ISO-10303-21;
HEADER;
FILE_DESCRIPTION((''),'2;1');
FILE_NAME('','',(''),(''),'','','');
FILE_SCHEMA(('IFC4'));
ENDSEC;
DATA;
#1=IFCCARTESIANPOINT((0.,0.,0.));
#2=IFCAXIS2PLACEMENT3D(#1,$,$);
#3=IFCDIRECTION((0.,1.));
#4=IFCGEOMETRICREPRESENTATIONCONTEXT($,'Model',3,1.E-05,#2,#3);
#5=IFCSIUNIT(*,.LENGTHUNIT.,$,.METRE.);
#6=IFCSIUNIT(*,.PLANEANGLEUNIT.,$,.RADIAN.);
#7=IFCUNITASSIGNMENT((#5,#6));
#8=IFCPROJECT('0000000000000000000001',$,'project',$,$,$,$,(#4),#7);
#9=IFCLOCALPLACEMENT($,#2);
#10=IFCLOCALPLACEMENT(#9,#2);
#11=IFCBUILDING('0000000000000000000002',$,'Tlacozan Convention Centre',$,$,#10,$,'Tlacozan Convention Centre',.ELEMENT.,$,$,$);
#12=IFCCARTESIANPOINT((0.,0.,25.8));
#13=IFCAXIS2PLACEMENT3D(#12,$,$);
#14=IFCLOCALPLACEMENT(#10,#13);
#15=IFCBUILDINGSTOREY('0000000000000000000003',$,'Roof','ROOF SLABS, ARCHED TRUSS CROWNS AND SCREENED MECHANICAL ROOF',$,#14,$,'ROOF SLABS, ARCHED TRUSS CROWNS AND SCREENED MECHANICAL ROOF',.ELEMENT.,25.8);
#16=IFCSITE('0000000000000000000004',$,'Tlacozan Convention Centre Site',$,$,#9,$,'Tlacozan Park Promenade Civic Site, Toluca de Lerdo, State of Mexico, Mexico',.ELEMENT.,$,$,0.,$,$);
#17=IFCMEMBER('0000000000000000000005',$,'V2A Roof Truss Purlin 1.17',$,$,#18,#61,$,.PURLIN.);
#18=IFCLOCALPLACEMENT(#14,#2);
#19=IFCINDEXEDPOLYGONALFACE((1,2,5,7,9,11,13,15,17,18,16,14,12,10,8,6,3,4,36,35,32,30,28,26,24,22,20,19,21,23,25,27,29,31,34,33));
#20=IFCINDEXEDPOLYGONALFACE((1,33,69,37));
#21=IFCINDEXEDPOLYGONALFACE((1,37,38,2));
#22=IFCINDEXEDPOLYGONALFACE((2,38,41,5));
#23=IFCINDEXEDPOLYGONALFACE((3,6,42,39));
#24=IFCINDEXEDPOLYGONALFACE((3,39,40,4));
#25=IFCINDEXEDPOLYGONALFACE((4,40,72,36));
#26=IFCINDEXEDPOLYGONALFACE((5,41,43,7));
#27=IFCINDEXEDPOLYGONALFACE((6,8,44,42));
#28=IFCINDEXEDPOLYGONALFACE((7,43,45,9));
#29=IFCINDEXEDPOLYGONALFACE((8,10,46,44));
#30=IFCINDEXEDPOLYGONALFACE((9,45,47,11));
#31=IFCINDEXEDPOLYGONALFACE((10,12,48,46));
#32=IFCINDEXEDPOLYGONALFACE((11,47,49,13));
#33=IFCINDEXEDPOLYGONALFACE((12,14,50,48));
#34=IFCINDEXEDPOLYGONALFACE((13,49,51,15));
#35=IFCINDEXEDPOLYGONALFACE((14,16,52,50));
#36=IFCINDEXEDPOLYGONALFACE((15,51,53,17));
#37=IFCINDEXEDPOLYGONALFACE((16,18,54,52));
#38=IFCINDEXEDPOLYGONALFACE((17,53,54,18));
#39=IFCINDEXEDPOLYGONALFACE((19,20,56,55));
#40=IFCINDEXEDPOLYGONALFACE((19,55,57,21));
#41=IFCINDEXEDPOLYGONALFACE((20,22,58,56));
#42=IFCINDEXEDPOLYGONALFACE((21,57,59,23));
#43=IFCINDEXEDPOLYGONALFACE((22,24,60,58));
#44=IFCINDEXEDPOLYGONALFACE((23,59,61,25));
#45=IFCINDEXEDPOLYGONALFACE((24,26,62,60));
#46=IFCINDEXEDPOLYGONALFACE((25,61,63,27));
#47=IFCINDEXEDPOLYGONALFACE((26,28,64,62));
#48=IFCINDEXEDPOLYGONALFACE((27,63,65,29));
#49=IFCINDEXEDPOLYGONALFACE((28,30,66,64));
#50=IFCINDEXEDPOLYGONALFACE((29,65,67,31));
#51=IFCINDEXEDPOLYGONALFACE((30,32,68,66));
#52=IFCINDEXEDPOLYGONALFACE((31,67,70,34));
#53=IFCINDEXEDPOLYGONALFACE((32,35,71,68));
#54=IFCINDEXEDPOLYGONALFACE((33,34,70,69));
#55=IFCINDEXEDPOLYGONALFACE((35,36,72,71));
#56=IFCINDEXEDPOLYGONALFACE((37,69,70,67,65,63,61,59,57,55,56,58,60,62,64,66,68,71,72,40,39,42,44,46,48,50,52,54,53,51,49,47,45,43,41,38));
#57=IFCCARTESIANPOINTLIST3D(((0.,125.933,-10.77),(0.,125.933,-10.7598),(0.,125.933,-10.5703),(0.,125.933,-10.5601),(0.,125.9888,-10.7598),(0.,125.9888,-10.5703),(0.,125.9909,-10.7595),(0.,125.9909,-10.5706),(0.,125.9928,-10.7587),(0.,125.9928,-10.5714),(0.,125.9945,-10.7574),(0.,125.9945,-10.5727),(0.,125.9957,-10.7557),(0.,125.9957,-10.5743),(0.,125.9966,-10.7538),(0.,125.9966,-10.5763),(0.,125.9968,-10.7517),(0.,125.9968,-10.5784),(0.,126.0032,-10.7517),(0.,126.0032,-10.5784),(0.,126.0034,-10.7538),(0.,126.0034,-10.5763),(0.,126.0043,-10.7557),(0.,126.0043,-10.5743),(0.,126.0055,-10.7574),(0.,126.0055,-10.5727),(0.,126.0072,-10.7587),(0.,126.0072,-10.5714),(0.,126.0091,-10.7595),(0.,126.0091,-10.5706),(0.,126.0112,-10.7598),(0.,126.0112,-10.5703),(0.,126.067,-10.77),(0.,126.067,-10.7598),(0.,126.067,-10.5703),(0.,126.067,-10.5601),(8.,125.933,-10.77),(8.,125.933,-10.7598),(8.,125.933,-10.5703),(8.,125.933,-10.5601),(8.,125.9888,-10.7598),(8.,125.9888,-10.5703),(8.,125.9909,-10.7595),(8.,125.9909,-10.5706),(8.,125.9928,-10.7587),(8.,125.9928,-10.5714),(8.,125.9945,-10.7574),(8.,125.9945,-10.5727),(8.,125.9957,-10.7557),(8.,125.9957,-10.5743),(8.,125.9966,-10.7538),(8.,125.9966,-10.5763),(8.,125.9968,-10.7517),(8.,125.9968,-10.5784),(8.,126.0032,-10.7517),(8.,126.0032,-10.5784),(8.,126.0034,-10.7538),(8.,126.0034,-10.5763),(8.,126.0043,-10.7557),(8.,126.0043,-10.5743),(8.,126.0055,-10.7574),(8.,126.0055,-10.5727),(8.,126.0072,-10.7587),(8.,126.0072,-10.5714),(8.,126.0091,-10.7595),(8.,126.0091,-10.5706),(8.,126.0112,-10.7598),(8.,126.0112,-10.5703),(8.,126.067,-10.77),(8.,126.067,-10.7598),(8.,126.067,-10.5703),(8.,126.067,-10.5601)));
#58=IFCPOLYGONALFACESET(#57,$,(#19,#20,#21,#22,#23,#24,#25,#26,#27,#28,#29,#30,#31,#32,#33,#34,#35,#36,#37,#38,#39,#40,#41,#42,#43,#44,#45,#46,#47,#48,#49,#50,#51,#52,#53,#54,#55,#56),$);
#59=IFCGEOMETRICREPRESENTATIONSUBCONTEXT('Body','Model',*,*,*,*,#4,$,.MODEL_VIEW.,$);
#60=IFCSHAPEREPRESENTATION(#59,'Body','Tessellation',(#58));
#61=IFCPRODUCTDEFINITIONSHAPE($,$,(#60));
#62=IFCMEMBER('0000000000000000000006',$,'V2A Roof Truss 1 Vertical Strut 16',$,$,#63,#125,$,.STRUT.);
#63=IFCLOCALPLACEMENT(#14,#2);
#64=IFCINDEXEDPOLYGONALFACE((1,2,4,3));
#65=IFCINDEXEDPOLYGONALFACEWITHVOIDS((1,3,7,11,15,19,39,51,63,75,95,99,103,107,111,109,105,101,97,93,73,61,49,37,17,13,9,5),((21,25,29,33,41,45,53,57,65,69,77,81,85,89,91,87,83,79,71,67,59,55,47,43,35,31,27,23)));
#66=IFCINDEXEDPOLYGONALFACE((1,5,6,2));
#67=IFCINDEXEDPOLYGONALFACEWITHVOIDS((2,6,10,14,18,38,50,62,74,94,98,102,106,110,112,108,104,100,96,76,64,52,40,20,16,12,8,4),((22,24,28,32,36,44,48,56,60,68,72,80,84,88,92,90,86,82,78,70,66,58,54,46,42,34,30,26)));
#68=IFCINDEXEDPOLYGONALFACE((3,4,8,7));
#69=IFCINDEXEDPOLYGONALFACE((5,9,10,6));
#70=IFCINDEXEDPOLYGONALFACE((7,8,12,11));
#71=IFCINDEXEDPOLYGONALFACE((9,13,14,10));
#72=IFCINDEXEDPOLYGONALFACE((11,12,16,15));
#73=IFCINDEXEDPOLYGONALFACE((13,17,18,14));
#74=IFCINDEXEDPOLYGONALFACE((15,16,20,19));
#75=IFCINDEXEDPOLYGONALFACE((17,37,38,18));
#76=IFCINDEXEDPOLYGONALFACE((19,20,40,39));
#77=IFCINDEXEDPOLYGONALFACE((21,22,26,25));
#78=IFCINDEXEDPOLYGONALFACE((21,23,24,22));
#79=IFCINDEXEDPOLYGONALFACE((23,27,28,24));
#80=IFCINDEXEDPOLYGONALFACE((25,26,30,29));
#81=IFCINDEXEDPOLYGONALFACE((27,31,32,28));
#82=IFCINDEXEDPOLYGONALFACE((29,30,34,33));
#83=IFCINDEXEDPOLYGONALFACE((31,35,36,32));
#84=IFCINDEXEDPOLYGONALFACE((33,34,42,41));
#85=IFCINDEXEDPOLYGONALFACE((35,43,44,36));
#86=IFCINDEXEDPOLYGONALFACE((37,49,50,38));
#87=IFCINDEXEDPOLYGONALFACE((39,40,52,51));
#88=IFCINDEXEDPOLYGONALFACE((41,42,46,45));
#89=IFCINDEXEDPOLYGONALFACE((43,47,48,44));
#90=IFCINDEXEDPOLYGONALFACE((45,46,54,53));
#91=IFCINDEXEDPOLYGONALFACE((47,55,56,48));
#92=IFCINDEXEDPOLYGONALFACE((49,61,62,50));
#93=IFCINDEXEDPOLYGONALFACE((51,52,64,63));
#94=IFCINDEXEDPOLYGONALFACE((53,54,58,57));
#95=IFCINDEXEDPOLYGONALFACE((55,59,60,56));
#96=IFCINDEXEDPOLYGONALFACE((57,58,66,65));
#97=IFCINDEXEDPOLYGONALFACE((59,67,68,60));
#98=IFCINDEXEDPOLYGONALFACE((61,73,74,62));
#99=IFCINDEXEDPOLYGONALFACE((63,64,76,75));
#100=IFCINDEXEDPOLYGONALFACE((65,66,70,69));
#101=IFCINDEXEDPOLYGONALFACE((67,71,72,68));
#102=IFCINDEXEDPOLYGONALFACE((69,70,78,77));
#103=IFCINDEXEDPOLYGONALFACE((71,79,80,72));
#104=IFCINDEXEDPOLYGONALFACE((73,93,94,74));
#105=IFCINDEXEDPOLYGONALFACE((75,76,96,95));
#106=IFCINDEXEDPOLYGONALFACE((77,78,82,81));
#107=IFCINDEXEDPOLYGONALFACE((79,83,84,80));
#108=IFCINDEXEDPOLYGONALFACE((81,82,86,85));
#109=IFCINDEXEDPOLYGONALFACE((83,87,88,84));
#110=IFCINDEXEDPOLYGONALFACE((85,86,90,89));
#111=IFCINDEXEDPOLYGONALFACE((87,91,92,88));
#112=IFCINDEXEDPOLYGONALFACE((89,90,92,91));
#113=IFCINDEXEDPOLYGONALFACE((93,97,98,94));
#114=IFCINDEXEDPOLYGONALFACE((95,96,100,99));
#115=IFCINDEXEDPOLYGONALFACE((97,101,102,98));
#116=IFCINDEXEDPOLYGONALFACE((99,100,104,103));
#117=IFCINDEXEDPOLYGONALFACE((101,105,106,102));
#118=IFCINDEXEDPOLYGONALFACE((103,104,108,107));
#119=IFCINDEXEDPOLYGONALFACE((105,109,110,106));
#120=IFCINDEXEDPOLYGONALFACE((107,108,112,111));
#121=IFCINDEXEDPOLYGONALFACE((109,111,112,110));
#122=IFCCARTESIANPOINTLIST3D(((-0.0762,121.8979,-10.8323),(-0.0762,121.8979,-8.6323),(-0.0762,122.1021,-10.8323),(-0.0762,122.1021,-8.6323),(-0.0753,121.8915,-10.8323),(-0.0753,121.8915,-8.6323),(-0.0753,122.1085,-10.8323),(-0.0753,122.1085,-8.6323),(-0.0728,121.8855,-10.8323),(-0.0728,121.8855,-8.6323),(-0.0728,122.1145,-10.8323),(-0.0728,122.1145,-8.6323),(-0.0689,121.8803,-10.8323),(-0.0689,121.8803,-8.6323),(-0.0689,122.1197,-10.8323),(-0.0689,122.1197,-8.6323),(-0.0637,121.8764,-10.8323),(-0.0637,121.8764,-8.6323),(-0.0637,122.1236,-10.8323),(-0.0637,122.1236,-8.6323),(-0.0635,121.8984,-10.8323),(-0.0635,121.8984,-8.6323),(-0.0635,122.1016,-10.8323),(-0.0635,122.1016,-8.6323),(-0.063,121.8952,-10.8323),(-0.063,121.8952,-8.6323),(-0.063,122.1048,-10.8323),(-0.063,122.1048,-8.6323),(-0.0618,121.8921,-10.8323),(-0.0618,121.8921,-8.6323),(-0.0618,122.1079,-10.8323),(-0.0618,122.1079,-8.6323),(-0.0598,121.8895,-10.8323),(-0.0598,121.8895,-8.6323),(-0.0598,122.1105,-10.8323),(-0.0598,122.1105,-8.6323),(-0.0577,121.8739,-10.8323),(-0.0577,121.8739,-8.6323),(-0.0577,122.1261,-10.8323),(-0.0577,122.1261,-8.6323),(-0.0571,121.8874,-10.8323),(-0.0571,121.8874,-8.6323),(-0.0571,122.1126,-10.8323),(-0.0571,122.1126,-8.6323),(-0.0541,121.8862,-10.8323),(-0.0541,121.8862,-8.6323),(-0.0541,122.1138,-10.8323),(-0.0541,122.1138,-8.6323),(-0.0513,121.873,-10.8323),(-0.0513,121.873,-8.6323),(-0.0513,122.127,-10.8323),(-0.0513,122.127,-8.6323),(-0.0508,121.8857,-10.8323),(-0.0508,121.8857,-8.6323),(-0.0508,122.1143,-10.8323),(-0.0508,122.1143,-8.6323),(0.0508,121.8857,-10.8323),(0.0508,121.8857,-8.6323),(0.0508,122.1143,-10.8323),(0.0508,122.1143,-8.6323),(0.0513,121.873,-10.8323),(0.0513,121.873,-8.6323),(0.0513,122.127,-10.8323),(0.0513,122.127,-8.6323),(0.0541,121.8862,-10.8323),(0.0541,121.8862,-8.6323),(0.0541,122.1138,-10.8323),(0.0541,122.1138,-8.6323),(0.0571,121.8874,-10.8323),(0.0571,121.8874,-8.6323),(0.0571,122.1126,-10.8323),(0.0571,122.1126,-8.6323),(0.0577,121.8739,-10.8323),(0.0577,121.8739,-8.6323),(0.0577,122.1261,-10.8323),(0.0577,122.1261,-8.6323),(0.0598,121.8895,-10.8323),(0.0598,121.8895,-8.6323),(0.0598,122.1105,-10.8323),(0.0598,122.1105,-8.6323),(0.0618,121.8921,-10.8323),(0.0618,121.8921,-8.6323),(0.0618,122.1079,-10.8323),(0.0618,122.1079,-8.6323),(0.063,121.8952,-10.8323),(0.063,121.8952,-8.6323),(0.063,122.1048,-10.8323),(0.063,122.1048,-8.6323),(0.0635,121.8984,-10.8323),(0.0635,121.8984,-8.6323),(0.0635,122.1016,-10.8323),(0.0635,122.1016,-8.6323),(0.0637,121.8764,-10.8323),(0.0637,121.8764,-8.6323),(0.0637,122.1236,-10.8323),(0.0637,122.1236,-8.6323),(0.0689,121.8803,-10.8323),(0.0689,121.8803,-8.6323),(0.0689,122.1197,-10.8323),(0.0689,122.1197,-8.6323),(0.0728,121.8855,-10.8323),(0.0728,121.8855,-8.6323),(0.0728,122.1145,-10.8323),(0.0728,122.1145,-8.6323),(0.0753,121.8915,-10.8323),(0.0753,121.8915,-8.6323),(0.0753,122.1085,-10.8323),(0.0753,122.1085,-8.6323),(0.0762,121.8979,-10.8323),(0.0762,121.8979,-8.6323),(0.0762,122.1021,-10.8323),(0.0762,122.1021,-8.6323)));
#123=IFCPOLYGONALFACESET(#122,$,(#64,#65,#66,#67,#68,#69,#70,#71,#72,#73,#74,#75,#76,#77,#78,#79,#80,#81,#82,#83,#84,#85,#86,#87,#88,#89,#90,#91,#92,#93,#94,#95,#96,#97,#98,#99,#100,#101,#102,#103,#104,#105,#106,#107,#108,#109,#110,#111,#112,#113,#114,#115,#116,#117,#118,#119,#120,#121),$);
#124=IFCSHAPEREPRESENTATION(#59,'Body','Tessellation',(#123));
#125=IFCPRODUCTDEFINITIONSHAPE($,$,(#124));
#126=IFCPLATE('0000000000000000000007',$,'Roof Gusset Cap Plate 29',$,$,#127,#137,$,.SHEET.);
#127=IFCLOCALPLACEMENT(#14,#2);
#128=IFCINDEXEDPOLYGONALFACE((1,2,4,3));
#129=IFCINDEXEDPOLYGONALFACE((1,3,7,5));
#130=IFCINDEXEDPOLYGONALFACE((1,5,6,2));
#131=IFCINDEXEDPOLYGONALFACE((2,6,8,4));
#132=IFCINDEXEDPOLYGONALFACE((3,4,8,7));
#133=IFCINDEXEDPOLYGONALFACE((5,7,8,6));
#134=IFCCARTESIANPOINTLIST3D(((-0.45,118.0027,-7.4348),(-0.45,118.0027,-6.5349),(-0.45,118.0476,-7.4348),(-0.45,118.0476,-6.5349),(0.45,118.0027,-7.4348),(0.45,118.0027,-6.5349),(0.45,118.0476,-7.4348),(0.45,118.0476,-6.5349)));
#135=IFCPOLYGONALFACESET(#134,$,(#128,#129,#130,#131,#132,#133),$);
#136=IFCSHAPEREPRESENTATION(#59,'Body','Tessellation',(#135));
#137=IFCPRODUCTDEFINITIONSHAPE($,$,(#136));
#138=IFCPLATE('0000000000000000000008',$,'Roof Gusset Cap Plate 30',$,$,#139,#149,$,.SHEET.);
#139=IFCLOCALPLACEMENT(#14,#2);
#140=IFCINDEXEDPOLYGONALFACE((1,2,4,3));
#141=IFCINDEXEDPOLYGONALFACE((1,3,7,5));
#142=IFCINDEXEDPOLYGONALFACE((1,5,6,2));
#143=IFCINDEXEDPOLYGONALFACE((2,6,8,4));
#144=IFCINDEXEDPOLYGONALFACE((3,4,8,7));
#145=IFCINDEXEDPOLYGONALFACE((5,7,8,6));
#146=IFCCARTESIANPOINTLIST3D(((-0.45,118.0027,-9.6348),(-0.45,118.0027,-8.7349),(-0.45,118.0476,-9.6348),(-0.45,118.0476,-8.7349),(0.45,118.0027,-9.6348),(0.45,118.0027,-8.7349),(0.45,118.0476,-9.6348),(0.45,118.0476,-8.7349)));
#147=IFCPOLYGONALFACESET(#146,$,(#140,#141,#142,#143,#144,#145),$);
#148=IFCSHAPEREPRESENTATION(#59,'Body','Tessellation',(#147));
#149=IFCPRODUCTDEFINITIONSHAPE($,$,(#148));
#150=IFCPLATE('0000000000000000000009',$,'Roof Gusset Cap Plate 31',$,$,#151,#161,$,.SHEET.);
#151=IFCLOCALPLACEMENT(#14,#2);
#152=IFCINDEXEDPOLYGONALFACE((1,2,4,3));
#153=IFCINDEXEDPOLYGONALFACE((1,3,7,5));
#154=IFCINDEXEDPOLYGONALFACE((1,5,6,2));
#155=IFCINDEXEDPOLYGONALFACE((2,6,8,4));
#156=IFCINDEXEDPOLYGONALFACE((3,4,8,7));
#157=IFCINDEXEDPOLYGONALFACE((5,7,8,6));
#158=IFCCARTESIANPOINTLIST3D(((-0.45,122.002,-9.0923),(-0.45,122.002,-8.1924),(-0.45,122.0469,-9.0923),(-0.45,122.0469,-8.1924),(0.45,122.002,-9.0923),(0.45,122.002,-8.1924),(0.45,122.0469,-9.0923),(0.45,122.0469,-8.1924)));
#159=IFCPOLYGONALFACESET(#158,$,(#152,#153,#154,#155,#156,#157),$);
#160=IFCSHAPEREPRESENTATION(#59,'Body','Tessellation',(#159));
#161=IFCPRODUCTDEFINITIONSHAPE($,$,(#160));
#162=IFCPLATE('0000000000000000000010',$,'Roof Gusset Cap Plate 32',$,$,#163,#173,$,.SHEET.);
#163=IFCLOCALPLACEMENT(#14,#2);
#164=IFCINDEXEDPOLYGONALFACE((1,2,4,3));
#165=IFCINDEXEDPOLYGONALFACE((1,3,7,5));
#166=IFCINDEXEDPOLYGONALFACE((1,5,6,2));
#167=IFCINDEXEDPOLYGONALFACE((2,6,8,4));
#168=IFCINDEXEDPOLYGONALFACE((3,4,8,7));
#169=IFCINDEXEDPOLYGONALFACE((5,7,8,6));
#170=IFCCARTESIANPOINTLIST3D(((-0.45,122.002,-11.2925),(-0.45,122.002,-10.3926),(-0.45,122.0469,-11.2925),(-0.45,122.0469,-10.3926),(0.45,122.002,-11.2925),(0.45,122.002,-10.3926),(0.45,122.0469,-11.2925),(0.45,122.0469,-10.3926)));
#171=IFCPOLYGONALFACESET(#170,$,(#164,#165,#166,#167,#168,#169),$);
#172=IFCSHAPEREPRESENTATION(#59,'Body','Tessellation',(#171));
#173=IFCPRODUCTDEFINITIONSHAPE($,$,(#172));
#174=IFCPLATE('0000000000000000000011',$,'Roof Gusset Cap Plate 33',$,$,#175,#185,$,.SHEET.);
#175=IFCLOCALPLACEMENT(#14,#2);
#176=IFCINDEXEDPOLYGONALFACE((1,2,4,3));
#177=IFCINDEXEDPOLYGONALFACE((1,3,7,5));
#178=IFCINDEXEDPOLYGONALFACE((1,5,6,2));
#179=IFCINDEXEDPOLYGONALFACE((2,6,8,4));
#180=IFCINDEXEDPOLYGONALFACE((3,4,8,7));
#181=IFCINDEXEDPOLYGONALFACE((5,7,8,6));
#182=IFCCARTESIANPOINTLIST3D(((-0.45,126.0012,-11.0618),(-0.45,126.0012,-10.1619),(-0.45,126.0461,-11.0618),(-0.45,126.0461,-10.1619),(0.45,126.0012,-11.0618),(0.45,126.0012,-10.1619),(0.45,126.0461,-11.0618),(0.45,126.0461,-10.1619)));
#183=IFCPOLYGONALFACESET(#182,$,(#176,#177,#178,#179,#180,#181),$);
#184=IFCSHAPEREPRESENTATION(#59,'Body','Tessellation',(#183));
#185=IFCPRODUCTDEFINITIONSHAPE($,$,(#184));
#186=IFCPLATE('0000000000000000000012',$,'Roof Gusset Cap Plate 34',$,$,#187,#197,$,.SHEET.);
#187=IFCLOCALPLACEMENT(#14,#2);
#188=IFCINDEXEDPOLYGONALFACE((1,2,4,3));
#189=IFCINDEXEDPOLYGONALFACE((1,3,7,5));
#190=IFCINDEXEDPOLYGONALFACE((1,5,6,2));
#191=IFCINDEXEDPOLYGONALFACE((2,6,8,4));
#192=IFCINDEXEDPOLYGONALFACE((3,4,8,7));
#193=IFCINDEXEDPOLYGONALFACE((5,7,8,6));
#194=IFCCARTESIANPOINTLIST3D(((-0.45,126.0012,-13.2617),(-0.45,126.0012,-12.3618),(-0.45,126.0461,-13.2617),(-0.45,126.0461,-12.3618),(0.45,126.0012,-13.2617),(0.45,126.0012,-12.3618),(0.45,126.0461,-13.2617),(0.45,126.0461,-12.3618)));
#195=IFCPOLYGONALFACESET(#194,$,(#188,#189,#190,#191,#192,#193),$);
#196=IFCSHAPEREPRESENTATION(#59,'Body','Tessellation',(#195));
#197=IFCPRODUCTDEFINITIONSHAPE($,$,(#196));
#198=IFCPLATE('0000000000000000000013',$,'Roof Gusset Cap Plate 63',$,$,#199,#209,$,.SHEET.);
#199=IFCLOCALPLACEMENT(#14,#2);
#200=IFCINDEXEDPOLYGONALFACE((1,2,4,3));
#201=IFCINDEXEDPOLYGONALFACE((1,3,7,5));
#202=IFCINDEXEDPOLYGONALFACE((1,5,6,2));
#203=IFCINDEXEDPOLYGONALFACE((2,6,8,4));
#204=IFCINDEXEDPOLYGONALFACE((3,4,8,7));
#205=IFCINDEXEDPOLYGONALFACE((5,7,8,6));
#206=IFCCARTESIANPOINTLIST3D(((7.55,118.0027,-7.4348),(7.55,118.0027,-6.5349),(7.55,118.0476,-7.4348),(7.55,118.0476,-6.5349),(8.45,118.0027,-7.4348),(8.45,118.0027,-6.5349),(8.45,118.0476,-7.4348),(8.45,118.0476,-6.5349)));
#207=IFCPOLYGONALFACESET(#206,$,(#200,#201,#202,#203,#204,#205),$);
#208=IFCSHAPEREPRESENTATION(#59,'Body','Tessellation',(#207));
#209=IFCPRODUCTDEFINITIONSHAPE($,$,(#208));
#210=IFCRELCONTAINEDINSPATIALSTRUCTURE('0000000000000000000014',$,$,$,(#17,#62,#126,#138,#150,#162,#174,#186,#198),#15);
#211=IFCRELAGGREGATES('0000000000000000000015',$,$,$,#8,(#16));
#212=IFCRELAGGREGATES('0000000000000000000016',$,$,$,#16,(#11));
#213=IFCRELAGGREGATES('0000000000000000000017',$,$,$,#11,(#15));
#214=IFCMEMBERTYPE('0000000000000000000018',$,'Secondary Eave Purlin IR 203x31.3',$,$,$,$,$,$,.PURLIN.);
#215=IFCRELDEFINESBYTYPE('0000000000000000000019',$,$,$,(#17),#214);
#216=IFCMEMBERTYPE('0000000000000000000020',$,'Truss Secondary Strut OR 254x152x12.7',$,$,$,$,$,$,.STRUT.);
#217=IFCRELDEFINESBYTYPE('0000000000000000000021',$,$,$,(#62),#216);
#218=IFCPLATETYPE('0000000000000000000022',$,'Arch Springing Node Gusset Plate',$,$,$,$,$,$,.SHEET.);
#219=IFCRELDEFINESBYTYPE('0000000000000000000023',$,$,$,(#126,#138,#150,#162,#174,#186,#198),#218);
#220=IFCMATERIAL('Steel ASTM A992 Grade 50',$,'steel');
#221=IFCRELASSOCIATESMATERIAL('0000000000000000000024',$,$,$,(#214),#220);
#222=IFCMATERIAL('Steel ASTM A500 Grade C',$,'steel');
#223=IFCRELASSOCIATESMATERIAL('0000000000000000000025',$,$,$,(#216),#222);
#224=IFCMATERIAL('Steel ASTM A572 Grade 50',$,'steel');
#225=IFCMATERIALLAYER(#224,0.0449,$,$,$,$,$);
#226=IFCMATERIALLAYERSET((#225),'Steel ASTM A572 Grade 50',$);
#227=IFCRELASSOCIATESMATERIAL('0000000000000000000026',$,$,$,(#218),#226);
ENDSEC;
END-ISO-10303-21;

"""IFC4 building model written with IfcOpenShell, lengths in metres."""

from ifc_helpers import new_model, si_unit, direction, frame, origin, origin_2d, place, context, subcontext, project, spatial, rectangle, hollow_rectangle, i_section, extrude, material, layer, layer_set, material_profile, profile_set, type_object, element, save


model = new_model("IFC4")

# Units and contexts
model_context = context("Model", 3, precision=1e-05, world=origin(), true_north=direction((0.0, 1.0)))
body_context = subcontext(model_context, "Body", "Model", "MODEL_VIEW")
ifc_project = project(units=[si_unit("LENGTHUNIT", "METRE"), si_unit("PLANEANGLEUNIT", "RADIAN")], contexts=[model_context])

# Site, building, storey
site_placement = place(None, origin())
site = spatial("IfcSite", under=ifc_project, at=site_placement, Name="Tlacozan Convention Centre Site", LongName="Tlacozan Park Promenade Civic Site, Toluca de Lerdo, State of Mexico, Mexico", CompositionType="ELEMENT", RefElevation=0.0)
building_placement = place(site_placement, origin())
building = spatial("IfcBuilding", under=site, at=building_placement, Name="Tlacozan Convention Centre", LongName="Tlacozan Convention Centre", CompositionType="ELEMENT")
storey_placement = place(building_placement, frame((0.0, 0.0, 25.8)))
storey = spatial("IfcBuildingStorey", under=building, at=storey_placement, Name="Roof", Description="ROOF SLABS, ARCHED TRUSS CROWNS AND SCREENED MECHANICAL ROOF", LongName="ROOF SLABS, ARCHED TRUSS CROWNS AND SCREENED MECHANICAL ROOF", CompositionType="ELEMENT", Elevation=25.8)

# Members
ifc_material_1 = material(Name="Steel ASTM A500 Grade C", Category="steel")
ifc_material_2 = material(Name="Steel ASTM A992 Grade 50", Category="steel")
ifc_material_profile_1 = material_profile(ifc_material_2, i_section(OverallWidth=0.134, OverallDepth=0.21, WebThickness=0.0063, FlangeThickness=0.0103, FilletRadius=0.0081, at=origin_2d()), Name="IR 203x31.3")
ifc_profile_set_1 = profile_set([ifc_material_profile_1], Name="Steel ASTM A992 Grade 50")
member_type_1 = type_object("IfcMemberType", Name="Secondary Eave Purlin IR 203x31.3", PredefinedType="PURLIN", material=ifc_profile_set_1)
member_1_placement = place(storey_placement, frame((0.0, 126.0, -10.665), z_axis=(1.0, 0.0, 0.0), x_axis=(0.0, 1.0, 0.0)))
element("IfcMember", 1, at=member_1_placement, inside=storey, type_object=member_type_1, Name="V2A Roof Truss Purlin 1.17", PredefinedType="PURLIN", context=body_context, shape_type="SweptSolid", body=[
    extrude(i_section(OverallWidth=0.134, OverallDepth=0.21, WebThickness=0.0063, FlangeThickness=0.0103, FilletRadius=0.0081, at=origin_2d()), origin(), (0.0, 0.0, 1.0), 8.0),
])
ifc_material_profile_2 = material_profile(ifc_material_1, hollow_rectangle(XDim=0.1523, YDim=0.2539, WallThickness=0.0127, InnerFilletRadius=0.0127, OuterFilletRadius=0.0249, at=origin_2d()), Name="OR 254x152x12.7")
ifc_profile_set_2 = profile_set([ifc_material_profile_2], Name="Steel ASTM A500 Grade C")
member_type_2 = type_object("IfcMemberType", Name="Truss Secondary Strut OR 254x152x12.7", PredefinedType="STRUT", material=ifc_profile_set_2)
member_2_placement = place(storey_placement, frame((0.0, 122.0, -10.8323), z_axis=(0.0, 0.0, 1.0), x_axis=(1.0, 0.0, 0.0)))
element("IfcMember", 2, at=member_2_placement, inside=storey, type_object=member_type_2, Name="V2A Roof Truss 1 Vertical Strut 16", PredefinedType="STRUT", context=body_context, shape_type="SweptSolid", body=[
    extrude(hollow_rectangle(XDim=0.1523, YDim=0.2539, WallThickness=0.0127, InnerFilletRadius=0.0127, OuterFilletRadius=0.0249, at=origin_2d()), origin(), (0.0, 0.0, 1.0), 2.2),
])

# Plates
ifc_material_3 = material(Name="Steel ASTM A572 Grade 50", Category="steel")
ifc_layer_1 = layer(ifc_material_3, 0.0449)
ifc_layer_set_1 = layer_set([ifc_layer_1], Name="Steel ASTM A572 Grade 50")
plate_type = type_object("IfcPlateType", Name="Arch Springing Node Gusset Plate", PredefinedType="SHEET", material=ifc_layer_set_1)
for number, where, z_axis, x_axis, name in (
    (3, (0.0, 118.0251, -7.4348), (0.0, 0.0, 1.0), (0.0, 1.0, 0.0), "Roof Gusset Cap Plate 29"),
    (4, (0.0, 118.0251, -9.6348), (0.0, 0.0, 1.0), (0.0, 1.0, 0.0), "Roof Gusset Cap Plate 30"),
    (5, (0.0, 122.0244, -9.0923), (0.0, 0.0, 1.0), (0.0, 1.0, 0.0), "Roof Gusset Cap Plate 31"),
    (6, (0.0, 122.0244, -11.2925), (0.0, 0.0, 1.0), (0.0, 1.0, 0.0), "Roof Gusset Cap Plate 32"),
    (7, (0.0, 126.0237, -11.0618), (0.0, 0.0, 1.0), (0.0, 1.0, 0.0), "Roof Gusset Cap Plate 33"),
    (8, (0.0, 126.0237, -13.2617), (0.0, 0.0, 1.0), (0.0, 1.0, 0.0), "Roof Gusset Cap Plate 34"),
    (9, (8.0, 118.0251, -7.4348), (0.0, 0.0, 1.0), (0.0, 1.0, 0.0), "Roof Gusset Cap Plate 63"),
):
    element("IfcPlate", number, at=place(storey_placement, frame(where, z_axis=z_axis, x_axis=x_axis)), inside=storey, type_object=plate_type, Name=name, PredefinedType="SHEET", context=body_context, shape_type="SweptSolid", body=[
        extrude(rectangle(XDim=0.0449, YDim=0.8999, at=origin_2d()), origin(), (0.0, 0.0, 1.0), 0.8999),
    ])

save(model, "model.ifc")
